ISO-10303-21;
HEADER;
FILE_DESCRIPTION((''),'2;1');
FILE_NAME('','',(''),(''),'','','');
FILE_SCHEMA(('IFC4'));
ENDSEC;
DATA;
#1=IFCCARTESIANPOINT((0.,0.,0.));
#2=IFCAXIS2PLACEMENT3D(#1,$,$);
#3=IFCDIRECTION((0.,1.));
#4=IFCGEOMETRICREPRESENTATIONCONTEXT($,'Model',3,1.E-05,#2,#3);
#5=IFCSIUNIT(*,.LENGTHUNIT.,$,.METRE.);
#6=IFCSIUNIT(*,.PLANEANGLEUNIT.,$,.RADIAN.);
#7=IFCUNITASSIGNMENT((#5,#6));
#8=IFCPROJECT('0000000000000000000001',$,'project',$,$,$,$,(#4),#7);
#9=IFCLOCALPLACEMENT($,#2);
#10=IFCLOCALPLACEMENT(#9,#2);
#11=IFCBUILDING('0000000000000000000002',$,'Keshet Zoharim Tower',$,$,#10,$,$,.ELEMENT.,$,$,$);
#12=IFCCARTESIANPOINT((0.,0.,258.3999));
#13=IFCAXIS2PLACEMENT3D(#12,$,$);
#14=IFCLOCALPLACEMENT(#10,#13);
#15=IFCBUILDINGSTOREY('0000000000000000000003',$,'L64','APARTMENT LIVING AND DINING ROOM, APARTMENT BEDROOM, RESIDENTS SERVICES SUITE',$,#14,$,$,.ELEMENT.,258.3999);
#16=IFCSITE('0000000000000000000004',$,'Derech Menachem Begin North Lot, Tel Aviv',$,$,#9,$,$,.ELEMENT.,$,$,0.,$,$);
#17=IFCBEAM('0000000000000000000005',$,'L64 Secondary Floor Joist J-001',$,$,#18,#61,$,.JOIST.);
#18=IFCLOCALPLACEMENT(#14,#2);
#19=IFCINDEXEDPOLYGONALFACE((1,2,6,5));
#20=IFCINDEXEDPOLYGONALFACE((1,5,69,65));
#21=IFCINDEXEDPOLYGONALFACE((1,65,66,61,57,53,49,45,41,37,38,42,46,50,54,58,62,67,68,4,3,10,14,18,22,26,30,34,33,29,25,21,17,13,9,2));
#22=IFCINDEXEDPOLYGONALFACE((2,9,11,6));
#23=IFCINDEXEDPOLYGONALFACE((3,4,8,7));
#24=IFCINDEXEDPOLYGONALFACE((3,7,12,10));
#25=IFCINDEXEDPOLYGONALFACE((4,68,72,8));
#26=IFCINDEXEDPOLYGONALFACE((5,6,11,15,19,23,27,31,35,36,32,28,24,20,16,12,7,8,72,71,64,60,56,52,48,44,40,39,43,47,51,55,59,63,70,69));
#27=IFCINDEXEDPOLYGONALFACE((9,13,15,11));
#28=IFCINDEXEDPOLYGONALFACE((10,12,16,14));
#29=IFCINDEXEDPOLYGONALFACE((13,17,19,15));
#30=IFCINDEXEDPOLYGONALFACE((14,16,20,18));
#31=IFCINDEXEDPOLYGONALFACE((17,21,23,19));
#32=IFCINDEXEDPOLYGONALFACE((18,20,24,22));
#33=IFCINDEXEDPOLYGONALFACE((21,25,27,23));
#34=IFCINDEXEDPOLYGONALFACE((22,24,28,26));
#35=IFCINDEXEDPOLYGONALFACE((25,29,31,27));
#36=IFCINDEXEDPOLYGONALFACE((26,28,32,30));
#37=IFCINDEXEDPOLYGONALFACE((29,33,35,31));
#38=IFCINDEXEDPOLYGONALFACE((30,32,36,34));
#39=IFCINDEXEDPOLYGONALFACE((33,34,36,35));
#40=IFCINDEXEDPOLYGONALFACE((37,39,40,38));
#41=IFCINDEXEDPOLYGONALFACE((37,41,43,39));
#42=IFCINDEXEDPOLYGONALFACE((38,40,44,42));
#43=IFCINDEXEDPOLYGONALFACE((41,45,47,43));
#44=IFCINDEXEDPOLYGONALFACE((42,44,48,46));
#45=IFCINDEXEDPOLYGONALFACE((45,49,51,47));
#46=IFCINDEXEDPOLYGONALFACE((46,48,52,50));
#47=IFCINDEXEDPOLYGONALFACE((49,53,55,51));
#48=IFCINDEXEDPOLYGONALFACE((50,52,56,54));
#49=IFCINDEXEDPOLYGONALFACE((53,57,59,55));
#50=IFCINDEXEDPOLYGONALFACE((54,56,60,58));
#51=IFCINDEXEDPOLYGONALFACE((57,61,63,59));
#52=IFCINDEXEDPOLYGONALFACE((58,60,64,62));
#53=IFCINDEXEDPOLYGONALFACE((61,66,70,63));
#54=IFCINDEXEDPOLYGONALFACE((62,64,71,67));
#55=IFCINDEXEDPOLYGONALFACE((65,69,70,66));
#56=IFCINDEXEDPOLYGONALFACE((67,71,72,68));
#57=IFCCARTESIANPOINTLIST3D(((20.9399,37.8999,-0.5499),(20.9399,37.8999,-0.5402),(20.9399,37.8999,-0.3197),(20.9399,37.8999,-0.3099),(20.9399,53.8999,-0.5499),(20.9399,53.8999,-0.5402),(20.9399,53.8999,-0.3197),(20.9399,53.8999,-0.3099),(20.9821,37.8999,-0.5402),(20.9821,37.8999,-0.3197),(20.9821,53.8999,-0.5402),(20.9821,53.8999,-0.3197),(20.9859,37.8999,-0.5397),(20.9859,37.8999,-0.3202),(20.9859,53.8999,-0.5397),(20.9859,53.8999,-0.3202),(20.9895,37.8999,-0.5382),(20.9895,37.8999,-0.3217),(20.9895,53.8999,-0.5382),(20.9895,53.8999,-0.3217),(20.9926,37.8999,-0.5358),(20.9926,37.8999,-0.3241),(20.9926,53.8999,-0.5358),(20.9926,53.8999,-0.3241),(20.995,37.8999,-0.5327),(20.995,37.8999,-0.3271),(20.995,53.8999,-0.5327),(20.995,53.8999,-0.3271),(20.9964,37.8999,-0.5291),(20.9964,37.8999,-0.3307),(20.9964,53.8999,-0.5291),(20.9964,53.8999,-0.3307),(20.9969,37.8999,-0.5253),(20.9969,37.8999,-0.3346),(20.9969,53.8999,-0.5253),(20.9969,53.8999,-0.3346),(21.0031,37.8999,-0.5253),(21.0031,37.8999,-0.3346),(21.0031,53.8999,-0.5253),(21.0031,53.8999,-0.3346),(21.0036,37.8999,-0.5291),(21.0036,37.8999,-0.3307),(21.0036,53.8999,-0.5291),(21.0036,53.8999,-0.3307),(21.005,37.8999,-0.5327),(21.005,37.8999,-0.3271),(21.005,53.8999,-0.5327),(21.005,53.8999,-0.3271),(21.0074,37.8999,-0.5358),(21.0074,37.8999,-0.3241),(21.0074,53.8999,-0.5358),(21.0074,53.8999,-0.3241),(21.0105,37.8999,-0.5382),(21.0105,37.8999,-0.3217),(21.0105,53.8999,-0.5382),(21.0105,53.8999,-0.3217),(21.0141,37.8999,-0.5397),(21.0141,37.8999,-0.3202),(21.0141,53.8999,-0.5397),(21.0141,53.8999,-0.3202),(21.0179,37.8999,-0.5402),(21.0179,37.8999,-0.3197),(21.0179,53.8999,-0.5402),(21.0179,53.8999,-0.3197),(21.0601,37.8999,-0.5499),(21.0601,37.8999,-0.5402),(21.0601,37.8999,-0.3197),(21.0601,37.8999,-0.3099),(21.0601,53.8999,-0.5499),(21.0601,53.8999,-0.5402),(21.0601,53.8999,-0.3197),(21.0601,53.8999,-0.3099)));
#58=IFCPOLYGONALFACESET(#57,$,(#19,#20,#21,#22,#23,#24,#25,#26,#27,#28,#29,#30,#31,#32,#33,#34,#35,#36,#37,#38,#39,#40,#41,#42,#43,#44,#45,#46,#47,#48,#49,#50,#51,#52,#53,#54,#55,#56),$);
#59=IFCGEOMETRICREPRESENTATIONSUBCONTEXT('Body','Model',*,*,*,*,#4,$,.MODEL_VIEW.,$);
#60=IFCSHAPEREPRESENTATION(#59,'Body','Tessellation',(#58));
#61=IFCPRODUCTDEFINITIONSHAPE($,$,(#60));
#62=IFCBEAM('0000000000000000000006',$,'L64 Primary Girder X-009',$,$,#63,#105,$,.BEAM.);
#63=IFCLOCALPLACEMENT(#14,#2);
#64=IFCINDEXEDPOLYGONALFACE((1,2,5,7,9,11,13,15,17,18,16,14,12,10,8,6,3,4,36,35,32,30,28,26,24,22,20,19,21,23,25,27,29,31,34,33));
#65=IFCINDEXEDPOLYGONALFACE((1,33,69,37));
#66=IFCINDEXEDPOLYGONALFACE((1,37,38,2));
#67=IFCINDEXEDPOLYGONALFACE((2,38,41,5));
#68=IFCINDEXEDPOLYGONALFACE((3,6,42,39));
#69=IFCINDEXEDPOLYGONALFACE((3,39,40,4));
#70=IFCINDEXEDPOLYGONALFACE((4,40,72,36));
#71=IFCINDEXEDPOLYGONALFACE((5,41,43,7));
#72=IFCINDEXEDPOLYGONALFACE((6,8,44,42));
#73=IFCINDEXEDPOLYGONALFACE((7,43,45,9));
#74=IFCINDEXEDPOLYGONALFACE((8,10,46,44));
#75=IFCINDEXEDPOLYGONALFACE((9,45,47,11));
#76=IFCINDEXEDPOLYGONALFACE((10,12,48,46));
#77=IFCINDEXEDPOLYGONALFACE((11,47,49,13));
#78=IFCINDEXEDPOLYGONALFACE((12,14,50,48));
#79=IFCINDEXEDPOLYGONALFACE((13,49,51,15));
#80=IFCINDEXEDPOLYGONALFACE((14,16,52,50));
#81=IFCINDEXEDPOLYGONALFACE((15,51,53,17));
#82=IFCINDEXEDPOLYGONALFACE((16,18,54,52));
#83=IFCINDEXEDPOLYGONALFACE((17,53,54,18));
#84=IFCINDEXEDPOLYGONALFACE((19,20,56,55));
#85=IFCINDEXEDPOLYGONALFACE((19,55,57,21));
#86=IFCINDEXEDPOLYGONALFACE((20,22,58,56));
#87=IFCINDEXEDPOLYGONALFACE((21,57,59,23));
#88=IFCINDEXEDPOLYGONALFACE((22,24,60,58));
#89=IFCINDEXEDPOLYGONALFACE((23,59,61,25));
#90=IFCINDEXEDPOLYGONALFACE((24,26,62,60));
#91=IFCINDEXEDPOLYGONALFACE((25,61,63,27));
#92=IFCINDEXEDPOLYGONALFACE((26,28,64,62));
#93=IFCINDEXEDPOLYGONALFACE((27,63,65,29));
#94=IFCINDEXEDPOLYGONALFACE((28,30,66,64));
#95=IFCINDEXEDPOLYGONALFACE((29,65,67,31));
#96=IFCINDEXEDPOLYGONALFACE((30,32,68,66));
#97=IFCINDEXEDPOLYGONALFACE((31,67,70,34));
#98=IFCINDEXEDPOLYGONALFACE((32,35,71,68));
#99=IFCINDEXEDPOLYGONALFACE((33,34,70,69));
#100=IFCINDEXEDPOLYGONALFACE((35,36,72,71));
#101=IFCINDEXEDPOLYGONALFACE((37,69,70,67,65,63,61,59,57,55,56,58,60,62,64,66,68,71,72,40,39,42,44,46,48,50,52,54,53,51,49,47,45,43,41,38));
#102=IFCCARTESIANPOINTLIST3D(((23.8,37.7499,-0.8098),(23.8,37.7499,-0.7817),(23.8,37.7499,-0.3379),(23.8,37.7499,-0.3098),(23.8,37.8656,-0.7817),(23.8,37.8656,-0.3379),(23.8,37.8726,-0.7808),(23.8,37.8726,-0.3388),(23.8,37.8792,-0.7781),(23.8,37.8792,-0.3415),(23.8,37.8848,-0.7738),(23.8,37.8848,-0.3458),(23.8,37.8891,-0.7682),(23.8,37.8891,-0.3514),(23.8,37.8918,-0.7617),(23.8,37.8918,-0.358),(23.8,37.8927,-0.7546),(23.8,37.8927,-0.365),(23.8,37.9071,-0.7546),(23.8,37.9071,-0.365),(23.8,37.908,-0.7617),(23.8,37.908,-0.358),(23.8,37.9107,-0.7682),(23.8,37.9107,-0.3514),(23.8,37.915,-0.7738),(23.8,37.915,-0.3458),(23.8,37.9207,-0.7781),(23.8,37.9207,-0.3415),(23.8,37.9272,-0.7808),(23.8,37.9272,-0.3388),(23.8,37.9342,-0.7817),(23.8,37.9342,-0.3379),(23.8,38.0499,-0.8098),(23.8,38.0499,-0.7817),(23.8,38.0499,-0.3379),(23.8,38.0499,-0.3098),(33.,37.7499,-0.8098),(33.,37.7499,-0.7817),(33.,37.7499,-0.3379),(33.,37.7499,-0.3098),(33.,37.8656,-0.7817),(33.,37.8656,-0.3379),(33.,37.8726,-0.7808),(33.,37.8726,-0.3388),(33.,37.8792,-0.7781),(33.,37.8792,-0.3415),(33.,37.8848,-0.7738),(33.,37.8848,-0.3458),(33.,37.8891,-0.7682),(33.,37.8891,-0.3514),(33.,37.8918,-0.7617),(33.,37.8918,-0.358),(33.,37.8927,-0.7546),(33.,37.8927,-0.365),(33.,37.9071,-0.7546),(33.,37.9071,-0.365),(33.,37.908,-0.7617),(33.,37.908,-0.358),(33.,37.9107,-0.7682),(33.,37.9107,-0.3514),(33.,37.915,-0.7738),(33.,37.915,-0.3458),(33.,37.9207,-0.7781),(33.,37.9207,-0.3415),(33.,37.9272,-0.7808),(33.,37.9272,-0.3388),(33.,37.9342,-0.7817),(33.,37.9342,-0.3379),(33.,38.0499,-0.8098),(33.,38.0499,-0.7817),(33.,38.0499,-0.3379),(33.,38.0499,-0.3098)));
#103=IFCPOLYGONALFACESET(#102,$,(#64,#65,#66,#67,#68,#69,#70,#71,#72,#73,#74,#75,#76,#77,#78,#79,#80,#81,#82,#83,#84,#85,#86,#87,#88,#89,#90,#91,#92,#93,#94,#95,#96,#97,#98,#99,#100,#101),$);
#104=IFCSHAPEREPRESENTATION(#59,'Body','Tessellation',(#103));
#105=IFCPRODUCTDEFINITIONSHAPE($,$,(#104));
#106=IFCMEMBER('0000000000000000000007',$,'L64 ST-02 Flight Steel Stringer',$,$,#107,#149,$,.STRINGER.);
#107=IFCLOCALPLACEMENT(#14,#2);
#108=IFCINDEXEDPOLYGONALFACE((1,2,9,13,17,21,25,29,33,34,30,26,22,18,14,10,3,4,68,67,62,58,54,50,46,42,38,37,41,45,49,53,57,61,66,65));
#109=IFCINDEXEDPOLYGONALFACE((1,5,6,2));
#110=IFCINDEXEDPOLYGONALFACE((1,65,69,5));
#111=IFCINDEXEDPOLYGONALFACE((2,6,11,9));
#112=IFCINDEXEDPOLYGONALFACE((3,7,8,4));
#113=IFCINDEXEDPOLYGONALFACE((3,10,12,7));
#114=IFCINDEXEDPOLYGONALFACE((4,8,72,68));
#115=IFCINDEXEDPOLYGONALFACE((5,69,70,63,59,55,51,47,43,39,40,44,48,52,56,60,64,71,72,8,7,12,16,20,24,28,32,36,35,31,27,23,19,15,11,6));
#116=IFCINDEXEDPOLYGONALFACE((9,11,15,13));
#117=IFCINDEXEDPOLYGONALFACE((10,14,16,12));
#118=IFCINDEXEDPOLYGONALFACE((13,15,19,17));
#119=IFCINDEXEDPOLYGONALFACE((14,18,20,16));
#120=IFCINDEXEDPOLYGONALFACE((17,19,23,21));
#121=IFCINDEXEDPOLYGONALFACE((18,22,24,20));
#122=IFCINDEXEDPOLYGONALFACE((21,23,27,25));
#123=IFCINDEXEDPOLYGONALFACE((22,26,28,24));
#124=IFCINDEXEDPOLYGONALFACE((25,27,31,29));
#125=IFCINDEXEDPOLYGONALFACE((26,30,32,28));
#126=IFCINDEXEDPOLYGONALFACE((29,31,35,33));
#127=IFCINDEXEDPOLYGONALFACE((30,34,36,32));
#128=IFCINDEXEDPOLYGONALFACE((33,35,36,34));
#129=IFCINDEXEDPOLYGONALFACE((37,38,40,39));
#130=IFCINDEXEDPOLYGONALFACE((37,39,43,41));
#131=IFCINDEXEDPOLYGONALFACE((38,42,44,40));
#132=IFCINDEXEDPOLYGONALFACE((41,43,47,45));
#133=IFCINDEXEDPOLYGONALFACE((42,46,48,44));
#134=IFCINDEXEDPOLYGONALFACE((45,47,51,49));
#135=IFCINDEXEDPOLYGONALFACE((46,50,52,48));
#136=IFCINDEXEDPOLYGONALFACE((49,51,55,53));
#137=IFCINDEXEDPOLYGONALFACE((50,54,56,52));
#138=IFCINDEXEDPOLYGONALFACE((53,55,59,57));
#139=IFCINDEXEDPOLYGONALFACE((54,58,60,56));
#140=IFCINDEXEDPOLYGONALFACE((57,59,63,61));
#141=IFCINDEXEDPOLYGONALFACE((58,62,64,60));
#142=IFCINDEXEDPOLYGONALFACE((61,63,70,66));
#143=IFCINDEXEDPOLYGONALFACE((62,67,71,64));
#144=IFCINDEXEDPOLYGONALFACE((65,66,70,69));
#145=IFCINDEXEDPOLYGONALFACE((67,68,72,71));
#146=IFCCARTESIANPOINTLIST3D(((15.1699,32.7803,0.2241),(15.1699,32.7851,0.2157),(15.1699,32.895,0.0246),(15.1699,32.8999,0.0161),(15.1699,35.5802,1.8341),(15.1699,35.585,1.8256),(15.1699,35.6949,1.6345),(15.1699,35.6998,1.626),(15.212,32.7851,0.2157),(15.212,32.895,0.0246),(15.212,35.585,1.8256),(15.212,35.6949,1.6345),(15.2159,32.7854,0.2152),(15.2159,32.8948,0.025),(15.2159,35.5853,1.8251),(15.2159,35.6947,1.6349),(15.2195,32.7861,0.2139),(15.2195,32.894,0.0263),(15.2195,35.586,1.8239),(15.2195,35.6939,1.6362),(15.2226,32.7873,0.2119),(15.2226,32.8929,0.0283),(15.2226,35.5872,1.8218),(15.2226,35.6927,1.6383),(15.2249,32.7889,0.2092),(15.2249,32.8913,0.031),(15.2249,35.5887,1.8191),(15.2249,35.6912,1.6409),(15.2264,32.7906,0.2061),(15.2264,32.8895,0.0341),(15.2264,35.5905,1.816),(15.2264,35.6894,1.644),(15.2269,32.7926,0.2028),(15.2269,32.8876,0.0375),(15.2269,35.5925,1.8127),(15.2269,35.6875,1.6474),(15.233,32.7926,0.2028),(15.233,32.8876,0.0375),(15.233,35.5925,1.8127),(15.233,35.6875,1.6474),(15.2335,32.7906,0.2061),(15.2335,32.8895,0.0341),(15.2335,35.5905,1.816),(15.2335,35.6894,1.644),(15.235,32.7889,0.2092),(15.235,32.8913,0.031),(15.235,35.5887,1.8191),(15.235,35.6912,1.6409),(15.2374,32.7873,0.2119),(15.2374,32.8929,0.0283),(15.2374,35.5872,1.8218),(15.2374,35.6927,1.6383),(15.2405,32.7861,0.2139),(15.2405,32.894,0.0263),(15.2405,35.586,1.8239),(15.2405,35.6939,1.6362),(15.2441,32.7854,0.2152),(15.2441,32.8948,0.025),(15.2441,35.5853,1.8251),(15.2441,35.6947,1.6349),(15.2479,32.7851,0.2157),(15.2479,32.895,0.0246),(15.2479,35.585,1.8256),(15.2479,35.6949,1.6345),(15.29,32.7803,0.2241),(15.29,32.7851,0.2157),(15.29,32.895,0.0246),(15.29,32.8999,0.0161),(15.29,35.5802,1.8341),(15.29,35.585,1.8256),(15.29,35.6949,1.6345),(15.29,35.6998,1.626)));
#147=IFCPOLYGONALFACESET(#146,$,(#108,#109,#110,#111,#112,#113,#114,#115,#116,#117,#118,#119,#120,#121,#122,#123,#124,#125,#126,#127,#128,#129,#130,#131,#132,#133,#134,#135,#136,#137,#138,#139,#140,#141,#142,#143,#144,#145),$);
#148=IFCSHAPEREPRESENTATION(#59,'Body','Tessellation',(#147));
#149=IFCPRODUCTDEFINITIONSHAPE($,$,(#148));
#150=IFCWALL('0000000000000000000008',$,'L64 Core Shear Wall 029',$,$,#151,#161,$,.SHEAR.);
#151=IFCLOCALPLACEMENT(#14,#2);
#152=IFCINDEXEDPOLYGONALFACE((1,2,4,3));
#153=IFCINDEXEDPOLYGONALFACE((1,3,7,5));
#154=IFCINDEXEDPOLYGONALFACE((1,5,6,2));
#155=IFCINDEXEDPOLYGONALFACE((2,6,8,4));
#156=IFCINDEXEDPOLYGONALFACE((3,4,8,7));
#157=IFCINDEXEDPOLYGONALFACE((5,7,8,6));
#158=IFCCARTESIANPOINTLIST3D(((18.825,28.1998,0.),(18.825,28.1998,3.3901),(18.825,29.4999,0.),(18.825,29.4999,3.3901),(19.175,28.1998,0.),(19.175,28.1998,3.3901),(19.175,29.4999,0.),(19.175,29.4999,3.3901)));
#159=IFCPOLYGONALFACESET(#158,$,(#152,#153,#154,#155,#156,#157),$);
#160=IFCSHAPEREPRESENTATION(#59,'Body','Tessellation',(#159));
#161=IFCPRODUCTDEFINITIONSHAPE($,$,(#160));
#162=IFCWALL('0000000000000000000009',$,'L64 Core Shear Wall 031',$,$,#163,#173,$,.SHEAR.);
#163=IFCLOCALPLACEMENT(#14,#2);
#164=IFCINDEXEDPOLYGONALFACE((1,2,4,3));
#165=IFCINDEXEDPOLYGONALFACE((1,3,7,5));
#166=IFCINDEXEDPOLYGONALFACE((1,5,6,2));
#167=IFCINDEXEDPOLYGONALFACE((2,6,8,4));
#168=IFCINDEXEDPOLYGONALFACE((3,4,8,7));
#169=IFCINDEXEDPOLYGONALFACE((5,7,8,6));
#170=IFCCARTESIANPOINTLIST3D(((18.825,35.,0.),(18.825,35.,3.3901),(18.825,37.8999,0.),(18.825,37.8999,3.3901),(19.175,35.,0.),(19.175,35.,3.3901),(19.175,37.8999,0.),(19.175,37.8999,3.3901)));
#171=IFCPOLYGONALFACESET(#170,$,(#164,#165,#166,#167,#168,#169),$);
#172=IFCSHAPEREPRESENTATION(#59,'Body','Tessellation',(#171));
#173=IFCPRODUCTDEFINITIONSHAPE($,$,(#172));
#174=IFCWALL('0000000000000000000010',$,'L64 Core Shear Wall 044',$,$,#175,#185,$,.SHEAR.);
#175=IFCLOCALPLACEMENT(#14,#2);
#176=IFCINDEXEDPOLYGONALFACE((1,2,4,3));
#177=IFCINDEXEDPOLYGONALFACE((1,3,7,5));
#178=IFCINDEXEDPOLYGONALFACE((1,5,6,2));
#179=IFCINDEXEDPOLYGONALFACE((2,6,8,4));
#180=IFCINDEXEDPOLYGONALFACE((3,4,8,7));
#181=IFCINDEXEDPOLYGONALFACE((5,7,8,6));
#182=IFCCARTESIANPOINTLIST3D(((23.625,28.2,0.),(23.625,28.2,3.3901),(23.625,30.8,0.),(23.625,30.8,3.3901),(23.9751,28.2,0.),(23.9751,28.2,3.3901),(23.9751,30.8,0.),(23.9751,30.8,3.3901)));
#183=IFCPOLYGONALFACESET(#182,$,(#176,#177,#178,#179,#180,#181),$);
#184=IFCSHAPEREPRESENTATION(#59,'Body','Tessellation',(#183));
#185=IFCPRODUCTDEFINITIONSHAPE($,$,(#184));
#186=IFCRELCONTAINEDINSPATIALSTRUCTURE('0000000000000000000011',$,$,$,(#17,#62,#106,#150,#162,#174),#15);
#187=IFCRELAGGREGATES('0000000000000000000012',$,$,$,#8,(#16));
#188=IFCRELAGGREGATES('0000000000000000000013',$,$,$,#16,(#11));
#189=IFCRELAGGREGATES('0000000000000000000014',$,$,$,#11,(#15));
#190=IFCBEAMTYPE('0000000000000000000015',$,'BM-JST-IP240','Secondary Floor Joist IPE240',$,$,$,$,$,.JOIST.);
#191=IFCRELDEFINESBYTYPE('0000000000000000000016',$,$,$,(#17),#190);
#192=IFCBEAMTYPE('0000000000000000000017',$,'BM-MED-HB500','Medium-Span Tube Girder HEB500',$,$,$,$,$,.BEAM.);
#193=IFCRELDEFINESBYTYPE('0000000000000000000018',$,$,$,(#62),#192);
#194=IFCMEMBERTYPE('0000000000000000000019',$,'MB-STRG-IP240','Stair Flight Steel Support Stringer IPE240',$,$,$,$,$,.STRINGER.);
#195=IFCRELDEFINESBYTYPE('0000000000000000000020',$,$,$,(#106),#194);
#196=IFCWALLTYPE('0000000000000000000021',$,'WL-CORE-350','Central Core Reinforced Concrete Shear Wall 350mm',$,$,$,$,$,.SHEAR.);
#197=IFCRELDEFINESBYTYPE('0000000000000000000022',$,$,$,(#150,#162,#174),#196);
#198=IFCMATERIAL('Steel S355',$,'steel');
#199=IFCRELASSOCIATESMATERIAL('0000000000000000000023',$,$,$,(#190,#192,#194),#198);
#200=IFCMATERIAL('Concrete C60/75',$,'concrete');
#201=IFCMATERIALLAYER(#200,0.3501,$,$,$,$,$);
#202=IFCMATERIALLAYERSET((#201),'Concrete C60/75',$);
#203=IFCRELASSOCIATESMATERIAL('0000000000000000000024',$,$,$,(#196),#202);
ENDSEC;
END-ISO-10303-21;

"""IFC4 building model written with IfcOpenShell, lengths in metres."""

from ifc_helpers import new_model, si_unit, direction, frame, frame_2d, origin, origin_2d, place, context, subcontext, project, spatial, rectangle, i_section, extrude, material, layer, layer_set, material_profile, profile_set, type_object, element, save


model = new_model("IFC4")

# Units and contexts
model_context = context("Model", 3, precision=1e-05, world=origin(), true_north=direction((0.0, 1.0)))
body_context = subcontext(model_context, "Body", "Model", "MODEL_VIEW")
ifc_project = project(units=[si_unit("LENGTHUNIT", "METRE"), si_unit("PLANEANGLEUNIT", "RADIAN")], contexts=[model_context])

# Site, building, storey
site_placement = place(None, origin())
site = spatial("IfcSite", under=ifc_project, at=site_placement, Name="Derech Menachem Begin North Lot, Tel Aviv", CompositionType="ELEMENT", RefElevation=0.0)
building_placement = place(site_placement, origin())
building = spatial("IfcBuilding", under=site, at=building_placement, Name="Keshet Zoharim Tower", CompositionType="ELEMENT")
storey_placement = place(building_placement, frame((0.0, 0.0, 258.3999)))
storey = spatial("IfcBuildingStorey", under=building, at=storey_placement, Name="L64", Description="APARTMENT LIVING AND DINING ROOM, APARTMENT BEDROOM, RESIDENTS SERVICES SUITE", CompositionType="ELEMENT", Elevation=258.3999)

# Beams
ifc_material_1 = material(Name="Steel S355", Category="steel")
ifc_material_profile_1 = material_profile(ifc_material_1, i_section(OverallWidth=0.1201, OverallDepth=0.24, WebThickness=0.0061, FlangeThickness=0.0098, FilletRadius=0.0149, at=origin_2d()), Name="IPE240")
ifc_profile_set_1 = profile_set([ifc_material_profile_1], Name="Steel S355")
beam_type_1 = type_object("IfcBeamType", Name="BM-JST-IP240", Description="Secondary Floor Joist IPE240", PredefinedType="JOIST", material=ifc_profile_set_1)
beam_1_placement = place(storey_placement, frame((21.0, 37.8999, -0.4299), z_axis=(0.0, 1.0, 0.0), x_axis=(-1.0, 0.0, 0.0)))
element("IfcBeam", 1, at=beam_1_placement, inside=storey, type_object=beam_type_1, Name="L64 Secondary Floor Joist J-001", PredefinedType="JOIST", context=body_context, shape_type="SweptSolid", body=[
    extrude(i_section(OverallWidth=0.1201, OverallDepth=0.24, WebThickness=0.0061, FlangeThickness=0.0098, FilletRadius=0.0149, at=origin_2d()), origin(), (0.0, 0.0, 1.0), 16.0),
])
ifc_material_profile_2 = material_profile(ifc_material_1, i_section(OverallWidth=0.3, OverallDepth=0.5, WebThickness=0.0144, FlangeThickness=0.0281, FilletRadius=0.0271, at=origin_2d()), Name="HEB500")
ifc_profile_set_2 = profile_set([ifc_material_profile_2], Name="Steel S355")
beam_type_2 = type_object("IfcBeamType", Name="BM-MED-HB500", Description="Medium-Span Tube Girder HEB500", PredefinedType="BEAM", material=ifc_profile_set_2)
beam_2_placement = place(storey_placement, frame((23.8, 37.8999, -0.5598), z_axis=(1.0, 0.0, 0.0), x_axis=(0.0, 1.0, 0.0)))
element("IfcBeam", 2, at=beam_2_placement, inside=storey, type_object=beam_type_2, Name="L64 Primary Girder X-009", PredefinedType="BEAM", context=body_context, shape_type="SweptSolid", body=[
    extrude(i_section(OverallWidth=0.3, OverallDepth=0.5, WebThickness=0.0144, FlangeThickness=0.0281, FilletRadius=0.0271, at=origin_2d()), origin(), (0.0, 0.0, 1.0), 9.2),
])

# Member
ifc_material_profile_3 = material_profile(ifc_material_1, i_section(OverallWidth=0.1201, OverallDepth=0.24, WebThickness=0.0061, FlangeThickness=0.0098, FilletRadius=0.0149, at=origin_2d()), Name="IPE240")
ifc_profile_set_3 = profile_set([ifc_material_profile_3], Name="Steel S355")
member_type = type_object("IfcMemberType", Name="MB-STRG-IP240", Description="Stair Flight Steel Support Stringer IPE240", PredefinedType="STRINGER", material=ifc_profile_set_3)
member_placement = place(storey_placement, frame((15.23, 32.8401, 0.1201), z_axis=(0.0, 0.86691, 0.498465), x_axis=(-1.0, 0.0, 0.0)))
element("IfcMember", 3, at=member_placement, inside=storey, type_object=member_type, Name="L64 ST-02 Flight Steel Stringer", PredefinedType="STRINGER", context=body_context, shape_type="SweptSolid", body=[
    extrude(i_section(OverallWidth=0.1201, OverallDepth=0.24, WebThickness=0.0061, FlangeThickness=0.0098, FilletRadius=0.0149, at=origin_2d()), origin(), (0.0, 0.0, 1.0), 3.2297),
])

# Wall
ifc_material_2 = material(Name="Concrete C60/75", Category="concrete")
ifc_layer_1 = layer(ifc_material_2, 0.3501)
ifc_layer_set_1 = layer_set([ifc_layer_1], Name="Concrete C60/75")
wall_type_1 = type_object("IfcWallType", Name="WL-CORE-350", Description="Central Core Reinforced Concrete Shear Wall 350mm", PredefinedType="SHEAR", material=ifc_layer_set_1)
wall_1_placement = place(storey_placement, frame((19.0, 28.2, 0.0), z_axis=(0.0, 0.0, 1.0), x_axis=(0.0, 1.0, 0.0)))
element("IfcWall", 4, at=wall_1_placement, inside=storey, type_object=wall_type_1, Name="L64 Core Shear Wall 029", PredefinedType="SHEAR", context=body_context, shape_type="SweptSolid", body=[
    extrude(rectangle(XDim=1.3, YDim=0.3501, at=frame_2d((0.6499, 0.0))), origin(), (0.0, 0.0, 1.0), 3.3901),
])

# Walls
wall_2_placement = place(storey_placement, frame((19.0, 35.0, 0.0), z_axis=(0.0, 0.0, 1.0), x_axis=(0.0, 1.0, 0.0)))
element("IfcWall", 5, at=wall_2_placement, inside=storey, type_object=wall_type_1, Name="L64 Core Shear Wall 031", PredefinedType="SHEAR", context=body_context, shape_type="SweptSolid", body=[
    extrude(rectangle(XDim=2.8999, YDim=0.3501, at=frame_2d((1.45, 0.0))), origin(), (0.0, 0.0, 1.0), 3.3901),
])
wall_3_placement = place(storey_placement, frame((23.8, 28.2, 0.0), z_axis=(0.0, 0.0, 1.0), x_axis=(0.0, 1.0, 0.0)))
element("IfcWall", 6, at=wall_3_placement, inside=storey, type_object=wall_type_1, Name="L64 Core Shear Wall 044", PredefinedType="SHEAR", context=body_context, shape_type="SweptSolid", body=[
    extrude(rectangle(XDim=2.6001, YDim=0.3501, at=frame_2d((1.3, 0.0))), origin(), (0.0, 0.0, 1.0), 3.3901),
])

save(model, "model.ifc")
